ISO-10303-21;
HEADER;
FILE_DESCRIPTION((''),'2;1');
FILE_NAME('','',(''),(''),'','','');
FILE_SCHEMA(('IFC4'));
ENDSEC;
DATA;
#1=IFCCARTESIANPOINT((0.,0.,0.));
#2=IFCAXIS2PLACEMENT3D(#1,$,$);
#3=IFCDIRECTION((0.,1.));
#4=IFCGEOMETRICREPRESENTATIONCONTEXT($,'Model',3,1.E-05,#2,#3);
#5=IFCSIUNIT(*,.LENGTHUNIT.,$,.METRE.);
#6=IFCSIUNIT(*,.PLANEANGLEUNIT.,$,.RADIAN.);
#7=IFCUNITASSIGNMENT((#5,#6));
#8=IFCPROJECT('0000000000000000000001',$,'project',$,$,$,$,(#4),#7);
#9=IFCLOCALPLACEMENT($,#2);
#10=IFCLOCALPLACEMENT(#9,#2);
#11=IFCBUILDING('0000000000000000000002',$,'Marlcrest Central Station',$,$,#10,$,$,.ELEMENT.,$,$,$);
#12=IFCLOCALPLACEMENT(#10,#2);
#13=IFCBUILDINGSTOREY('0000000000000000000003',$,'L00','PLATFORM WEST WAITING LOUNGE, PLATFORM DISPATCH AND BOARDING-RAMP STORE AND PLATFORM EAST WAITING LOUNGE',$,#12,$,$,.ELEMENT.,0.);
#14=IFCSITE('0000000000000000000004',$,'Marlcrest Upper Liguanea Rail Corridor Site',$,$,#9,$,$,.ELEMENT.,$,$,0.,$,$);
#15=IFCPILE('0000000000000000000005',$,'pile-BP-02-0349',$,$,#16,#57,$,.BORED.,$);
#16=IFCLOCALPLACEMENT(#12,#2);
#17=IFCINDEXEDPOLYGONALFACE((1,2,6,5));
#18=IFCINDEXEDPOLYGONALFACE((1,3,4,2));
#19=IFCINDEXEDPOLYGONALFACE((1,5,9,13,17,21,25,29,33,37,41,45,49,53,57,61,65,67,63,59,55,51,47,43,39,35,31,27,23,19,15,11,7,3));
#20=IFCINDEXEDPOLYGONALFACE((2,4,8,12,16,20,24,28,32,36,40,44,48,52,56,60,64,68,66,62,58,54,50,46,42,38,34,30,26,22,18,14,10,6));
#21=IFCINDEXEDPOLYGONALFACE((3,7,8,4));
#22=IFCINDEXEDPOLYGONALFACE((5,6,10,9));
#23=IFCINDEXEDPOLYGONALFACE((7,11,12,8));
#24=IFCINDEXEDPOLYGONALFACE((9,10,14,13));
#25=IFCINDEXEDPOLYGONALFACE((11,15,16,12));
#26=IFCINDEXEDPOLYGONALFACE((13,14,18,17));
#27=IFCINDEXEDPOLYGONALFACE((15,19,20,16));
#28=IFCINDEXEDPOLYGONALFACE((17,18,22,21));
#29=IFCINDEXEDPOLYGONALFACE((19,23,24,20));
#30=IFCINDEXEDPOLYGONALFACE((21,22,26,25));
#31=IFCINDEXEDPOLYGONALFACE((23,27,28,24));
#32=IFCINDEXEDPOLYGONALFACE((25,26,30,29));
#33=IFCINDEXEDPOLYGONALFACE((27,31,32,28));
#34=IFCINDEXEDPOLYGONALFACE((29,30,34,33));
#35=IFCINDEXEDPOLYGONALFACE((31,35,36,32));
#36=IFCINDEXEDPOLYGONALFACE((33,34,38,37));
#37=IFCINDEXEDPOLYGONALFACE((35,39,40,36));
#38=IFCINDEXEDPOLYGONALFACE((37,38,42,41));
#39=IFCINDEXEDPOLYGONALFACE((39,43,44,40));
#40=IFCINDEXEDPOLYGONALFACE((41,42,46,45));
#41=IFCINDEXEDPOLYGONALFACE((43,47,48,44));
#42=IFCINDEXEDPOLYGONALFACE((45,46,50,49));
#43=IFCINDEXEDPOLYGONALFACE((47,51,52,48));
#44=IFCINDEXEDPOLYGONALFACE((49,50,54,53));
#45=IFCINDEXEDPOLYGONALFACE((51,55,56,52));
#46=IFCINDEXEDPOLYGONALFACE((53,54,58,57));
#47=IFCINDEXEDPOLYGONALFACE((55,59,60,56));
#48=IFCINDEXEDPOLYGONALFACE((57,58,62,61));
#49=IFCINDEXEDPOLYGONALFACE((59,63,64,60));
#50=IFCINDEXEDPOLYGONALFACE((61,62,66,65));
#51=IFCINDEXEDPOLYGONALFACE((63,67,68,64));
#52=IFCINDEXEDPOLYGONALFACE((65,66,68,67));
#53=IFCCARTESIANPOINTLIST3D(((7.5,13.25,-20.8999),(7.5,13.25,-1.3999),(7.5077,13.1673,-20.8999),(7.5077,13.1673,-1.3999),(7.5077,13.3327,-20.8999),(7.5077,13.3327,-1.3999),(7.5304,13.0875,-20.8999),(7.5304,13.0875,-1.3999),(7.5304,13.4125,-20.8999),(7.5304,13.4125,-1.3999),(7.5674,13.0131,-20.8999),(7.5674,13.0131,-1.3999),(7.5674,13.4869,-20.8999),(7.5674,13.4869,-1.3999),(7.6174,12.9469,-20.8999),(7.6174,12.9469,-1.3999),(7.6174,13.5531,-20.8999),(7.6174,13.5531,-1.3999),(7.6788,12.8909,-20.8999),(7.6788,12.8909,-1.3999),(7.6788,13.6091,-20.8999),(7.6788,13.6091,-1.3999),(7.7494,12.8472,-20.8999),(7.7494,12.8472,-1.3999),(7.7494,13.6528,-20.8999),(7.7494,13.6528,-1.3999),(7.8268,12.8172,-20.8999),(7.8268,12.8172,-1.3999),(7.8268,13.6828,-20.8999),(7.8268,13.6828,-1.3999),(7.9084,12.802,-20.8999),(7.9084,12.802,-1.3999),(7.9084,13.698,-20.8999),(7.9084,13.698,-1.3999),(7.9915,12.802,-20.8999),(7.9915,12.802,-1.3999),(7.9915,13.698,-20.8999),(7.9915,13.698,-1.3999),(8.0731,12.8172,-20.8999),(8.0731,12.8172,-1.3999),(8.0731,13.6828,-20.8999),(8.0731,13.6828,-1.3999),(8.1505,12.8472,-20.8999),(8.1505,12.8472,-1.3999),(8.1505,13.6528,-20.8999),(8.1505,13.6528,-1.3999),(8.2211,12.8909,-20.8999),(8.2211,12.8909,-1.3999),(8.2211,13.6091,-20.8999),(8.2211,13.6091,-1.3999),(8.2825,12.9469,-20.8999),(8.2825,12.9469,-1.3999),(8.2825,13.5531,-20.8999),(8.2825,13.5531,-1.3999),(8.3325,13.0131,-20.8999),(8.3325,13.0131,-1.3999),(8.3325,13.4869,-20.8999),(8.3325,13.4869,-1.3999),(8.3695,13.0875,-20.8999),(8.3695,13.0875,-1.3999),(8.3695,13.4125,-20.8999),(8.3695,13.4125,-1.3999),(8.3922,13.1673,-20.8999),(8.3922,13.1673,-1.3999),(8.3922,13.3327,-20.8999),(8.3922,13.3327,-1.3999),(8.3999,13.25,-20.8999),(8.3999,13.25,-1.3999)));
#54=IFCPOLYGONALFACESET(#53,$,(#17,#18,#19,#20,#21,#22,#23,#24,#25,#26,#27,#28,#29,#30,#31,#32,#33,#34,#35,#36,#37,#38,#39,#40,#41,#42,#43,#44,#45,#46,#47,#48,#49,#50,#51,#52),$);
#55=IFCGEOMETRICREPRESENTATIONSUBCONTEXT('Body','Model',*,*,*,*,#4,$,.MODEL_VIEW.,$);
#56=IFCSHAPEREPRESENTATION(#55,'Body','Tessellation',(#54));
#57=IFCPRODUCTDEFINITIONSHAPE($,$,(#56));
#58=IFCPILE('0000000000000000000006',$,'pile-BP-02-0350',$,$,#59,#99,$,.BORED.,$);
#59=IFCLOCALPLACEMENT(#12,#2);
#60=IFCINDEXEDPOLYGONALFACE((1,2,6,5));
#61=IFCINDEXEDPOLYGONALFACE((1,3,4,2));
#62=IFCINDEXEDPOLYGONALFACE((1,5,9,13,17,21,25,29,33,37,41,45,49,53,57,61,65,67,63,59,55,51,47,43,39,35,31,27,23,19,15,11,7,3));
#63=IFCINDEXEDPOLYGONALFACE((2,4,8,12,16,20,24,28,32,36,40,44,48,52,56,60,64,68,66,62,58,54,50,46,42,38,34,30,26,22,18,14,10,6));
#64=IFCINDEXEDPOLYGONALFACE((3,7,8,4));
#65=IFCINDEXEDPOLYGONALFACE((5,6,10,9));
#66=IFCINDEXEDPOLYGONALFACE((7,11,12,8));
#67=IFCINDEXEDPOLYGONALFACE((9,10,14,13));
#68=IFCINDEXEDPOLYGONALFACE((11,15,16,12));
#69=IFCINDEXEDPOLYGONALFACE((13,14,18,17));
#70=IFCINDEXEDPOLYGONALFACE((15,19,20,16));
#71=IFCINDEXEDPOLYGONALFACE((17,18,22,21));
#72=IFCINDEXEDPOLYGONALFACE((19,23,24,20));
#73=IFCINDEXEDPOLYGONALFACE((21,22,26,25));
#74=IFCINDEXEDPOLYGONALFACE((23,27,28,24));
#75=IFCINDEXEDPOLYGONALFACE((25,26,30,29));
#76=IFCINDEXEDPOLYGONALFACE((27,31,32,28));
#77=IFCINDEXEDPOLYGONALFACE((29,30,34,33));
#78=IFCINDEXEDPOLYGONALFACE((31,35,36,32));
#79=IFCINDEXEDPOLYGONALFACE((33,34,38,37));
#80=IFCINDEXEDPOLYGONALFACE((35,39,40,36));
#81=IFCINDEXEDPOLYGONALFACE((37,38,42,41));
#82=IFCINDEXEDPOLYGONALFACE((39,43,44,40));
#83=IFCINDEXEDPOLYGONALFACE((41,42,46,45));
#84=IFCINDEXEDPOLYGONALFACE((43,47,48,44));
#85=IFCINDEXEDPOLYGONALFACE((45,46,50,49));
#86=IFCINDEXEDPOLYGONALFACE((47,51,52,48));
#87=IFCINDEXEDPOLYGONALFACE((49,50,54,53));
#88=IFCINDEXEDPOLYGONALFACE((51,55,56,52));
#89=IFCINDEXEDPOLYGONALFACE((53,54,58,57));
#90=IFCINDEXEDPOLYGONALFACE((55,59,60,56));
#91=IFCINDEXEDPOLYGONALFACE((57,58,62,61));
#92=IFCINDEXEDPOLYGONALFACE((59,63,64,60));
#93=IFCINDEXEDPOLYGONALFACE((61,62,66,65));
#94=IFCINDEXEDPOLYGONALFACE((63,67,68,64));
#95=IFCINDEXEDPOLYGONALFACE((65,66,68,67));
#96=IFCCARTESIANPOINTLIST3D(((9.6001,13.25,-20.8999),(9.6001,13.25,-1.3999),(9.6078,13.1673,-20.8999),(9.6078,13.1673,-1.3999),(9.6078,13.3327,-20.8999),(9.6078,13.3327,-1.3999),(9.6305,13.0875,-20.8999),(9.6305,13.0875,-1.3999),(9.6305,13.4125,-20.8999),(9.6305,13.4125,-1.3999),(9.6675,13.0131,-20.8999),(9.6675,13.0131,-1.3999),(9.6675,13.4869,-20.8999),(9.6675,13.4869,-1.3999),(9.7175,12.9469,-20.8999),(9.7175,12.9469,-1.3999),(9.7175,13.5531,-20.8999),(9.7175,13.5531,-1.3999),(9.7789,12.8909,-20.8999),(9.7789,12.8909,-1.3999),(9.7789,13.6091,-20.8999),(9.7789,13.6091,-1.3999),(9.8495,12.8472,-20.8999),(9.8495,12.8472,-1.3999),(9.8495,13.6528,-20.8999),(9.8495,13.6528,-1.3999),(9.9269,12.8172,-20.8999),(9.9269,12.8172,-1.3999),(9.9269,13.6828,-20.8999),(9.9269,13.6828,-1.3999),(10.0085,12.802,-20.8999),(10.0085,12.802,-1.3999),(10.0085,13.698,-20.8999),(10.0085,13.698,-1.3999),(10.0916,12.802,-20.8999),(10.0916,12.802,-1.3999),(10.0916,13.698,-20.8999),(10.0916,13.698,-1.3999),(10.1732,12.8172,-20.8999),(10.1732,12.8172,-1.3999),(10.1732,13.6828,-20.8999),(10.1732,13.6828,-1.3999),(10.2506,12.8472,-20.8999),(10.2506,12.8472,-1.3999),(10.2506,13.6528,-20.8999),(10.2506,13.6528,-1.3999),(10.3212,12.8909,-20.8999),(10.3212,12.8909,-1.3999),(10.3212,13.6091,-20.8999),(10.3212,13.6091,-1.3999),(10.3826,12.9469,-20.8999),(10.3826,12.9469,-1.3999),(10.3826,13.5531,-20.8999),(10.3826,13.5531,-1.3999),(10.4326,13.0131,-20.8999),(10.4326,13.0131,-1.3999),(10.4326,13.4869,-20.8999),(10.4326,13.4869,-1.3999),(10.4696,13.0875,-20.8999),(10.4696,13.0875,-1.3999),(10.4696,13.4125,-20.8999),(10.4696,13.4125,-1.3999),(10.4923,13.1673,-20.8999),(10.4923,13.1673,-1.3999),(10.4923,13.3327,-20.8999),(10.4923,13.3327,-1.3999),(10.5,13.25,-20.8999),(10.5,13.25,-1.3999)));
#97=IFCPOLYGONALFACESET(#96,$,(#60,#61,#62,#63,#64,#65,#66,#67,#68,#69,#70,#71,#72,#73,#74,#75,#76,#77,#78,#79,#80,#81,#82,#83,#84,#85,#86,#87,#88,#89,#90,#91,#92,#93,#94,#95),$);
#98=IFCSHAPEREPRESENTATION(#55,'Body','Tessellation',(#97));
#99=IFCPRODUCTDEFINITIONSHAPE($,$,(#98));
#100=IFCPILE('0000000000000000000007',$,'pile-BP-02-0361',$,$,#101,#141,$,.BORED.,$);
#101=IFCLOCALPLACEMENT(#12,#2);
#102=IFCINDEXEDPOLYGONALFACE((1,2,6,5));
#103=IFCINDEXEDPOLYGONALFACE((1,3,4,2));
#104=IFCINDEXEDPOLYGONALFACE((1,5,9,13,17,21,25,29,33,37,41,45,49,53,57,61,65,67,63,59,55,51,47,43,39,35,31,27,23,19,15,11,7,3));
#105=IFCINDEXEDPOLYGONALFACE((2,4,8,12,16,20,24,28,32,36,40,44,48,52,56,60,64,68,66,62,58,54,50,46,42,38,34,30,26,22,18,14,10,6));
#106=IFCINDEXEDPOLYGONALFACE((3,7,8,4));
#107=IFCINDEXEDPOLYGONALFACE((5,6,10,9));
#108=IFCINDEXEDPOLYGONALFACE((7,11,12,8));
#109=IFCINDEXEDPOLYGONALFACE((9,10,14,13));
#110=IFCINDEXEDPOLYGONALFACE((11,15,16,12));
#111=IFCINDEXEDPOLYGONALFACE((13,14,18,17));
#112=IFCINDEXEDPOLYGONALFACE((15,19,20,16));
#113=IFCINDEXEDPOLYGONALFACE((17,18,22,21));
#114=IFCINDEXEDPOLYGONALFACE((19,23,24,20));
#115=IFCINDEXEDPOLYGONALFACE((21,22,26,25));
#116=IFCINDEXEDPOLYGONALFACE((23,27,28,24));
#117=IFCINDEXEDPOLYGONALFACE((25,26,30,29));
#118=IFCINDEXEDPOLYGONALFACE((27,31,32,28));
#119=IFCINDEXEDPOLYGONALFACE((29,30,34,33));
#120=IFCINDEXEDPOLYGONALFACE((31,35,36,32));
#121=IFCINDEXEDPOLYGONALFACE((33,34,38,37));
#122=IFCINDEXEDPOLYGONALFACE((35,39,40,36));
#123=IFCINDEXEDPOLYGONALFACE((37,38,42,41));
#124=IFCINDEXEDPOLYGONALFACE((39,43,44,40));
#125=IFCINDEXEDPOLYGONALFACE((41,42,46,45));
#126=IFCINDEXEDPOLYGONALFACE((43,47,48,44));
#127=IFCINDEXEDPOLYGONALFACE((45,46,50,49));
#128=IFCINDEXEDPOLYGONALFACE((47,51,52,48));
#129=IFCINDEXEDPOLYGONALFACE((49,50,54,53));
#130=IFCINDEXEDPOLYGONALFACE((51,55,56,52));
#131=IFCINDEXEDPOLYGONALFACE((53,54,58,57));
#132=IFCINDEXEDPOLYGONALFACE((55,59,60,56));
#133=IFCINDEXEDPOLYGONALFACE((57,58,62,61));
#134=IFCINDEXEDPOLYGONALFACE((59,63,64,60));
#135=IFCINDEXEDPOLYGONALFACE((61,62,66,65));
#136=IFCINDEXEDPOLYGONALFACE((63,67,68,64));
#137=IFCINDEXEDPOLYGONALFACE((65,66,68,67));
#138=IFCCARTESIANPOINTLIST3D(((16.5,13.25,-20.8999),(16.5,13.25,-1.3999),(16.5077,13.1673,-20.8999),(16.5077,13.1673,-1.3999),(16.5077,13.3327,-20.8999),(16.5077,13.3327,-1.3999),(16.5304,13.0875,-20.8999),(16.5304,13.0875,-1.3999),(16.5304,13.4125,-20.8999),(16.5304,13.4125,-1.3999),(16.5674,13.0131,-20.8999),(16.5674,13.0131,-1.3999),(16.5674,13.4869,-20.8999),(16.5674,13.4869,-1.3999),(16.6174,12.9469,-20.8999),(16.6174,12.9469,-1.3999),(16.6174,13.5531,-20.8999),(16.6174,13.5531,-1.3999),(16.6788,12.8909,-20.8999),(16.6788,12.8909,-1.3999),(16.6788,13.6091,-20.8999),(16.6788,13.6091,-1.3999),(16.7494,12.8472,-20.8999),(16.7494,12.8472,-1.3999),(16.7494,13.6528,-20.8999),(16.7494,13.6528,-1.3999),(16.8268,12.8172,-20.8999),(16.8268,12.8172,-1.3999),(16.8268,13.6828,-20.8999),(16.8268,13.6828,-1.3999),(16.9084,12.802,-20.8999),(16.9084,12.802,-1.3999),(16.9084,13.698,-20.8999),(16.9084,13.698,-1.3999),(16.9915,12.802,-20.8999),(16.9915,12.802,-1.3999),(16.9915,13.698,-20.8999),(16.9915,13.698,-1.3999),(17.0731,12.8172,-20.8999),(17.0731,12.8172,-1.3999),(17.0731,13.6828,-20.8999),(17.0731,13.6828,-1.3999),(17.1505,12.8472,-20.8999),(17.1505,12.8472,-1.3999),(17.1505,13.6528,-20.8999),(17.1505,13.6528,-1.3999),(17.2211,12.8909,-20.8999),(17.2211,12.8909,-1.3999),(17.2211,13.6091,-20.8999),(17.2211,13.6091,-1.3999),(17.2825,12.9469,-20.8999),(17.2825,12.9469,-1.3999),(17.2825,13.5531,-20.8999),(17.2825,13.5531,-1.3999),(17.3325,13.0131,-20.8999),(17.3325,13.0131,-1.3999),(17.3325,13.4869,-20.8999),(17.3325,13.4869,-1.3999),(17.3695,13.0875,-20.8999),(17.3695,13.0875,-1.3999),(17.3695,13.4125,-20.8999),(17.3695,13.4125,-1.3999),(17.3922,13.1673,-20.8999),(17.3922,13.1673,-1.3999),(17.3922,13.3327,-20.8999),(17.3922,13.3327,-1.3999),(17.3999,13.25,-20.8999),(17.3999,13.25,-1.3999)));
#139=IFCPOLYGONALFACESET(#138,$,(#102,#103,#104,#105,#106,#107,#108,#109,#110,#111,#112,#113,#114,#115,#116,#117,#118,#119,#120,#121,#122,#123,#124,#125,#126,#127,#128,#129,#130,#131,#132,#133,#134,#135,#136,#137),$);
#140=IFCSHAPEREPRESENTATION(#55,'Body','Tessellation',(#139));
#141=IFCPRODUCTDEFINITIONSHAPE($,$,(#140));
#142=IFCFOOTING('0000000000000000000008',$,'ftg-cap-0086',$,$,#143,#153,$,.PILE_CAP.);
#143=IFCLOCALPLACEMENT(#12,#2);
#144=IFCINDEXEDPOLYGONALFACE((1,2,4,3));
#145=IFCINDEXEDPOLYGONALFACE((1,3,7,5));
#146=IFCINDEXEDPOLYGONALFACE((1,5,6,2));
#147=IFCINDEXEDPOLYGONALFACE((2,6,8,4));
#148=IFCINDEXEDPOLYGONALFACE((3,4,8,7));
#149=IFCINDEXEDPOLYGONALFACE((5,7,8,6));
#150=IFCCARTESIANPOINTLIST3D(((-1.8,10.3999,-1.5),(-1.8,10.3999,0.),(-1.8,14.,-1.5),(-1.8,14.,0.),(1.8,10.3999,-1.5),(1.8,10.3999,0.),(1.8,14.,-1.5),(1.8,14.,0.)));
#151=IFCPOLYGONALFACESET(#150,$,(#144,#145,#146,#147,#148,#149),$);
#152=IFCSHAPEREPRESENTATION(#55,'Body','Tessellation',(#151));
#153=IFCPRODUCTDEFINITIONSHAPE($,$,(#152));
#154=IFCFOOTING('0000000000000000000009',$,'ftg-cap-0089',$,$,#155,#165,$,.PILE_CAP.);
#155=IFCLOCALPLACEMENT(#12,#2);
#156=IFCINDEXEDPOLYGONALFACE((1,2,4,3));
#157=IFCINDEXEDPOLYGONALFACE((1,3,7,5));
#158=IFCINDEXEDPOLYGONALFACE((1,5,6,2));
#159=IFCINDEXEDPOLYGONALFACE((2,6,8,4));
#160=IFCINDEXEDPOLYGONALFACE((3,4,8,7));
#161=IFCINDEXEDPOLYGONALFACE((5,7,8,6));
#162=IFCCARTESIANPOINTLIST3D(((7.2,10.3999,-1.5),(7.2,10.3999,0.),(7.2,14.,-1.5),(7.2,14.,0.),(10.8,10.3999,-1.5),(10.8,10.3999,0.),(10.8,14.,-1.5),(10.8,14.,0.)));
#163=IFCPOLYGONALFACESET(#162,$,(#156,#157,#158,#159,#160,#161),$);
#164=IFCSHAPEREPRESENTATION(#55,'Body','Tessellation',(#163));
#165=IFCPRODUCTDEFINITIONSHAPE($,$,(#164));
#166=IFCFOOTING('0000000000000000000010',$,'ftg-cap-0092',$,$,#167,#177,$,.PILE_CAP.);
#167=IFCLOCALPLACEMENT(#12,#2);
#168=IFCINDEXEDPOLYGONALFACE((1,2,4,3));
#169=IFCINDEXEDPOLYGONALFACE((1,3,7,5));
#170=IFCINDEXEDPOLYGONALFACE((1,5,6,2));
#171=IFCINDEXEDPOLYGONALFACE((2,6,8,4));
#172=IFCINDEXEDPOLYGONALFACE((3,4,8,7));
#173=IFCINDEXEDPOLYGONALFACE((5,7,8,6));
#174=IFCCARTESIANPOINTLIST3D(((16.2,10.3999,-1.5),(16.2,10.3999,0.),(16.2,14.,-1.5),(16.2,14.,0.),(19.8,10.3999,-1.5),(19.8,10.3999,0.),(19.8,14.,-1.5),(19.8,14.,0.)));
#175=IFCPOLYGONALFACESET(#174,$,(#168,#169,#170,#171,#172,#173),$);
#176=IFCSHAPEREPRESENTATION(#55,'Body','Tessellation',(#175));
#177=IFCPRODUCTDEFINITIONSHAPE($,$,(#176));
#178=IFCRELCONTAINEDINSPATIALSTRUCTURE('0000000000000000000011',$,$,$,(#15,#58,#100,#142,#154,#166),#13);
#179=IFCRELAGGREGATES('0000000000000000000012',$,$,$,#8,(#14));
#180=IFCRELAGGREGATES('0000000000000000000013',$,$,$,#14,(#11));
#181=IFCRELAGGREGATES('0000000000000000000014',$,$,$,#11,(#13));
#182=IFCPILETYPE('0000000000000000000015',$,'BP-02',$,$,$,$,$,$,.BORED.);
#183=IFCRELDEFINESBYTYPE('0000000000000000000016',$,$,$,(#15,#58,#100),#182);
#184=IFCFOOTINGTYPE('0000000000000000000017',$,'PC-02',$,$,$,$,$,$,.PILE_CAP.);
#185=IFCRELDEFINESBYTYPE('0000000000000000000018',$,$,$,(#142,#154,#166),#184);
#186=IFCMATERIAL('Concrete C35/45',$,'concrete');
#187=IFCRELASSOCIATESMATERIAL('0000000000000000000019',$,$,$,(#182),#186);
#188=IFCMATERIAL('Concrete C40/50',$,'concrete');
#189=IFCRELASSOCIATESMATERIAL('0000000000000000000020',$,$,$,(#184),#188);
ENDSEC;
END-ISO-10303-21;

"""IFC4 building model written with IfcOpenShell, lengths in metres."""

from ifc_helpers import new_model, si_unit, direction, frame, origin, origin_2d, place, context, subcontext, project, spatial, rectangle, circle, extrude, material, material_profile, profile_set, type_object, element, save


model = new_model("IFC4")

# Units and contexts
model_context = context("Model", 3, precision=1e-05, world=origin(), true_north=direction((0.0, 1.0)))
body_context = subcontext(model_context, "Body", "Model", "MODEL_VIEW")
ifc_project = project(units=[si_unit("LENGTHUNIT", "METRE"), si_unit("PLANEANGLEUNIT", "RADIAN")], contexts=[model_context])

# Site, building, storey
site_placement = place(None, origin())
site = spatial("IfcSite", under=ifc_project, at=site_placement, Name="Marlcrest Upper Liguanea Rail Corridor Site", CompositionType="ELEMENT", RefElevation=0.0)
building_placement = place(site_placement, origin())
building = spatial("IfcBuilding", under=site, at=building_placement, Name="Marlcrest Central Station", CompositionType="ELEMENT")
storey_placement = place(building_placement, origin())
storey = spatial("IfcBuildingStorey", under=building, at=storey_placement, Name="L00", Description="PLATFORM WEST WAITING LOUNGE, PLATFORM DISPATCH AND BOARDING-RAMP STORE AND PLATFORM EAST WAITING LOUNGE", CompositionType="ELEMENT", Elevation=0.0)

# Piles
ifc_material_1 = material(Name="Concrete C35/45", Category="concrete")
ifc_material_profile_1 = material_profile(ifc_material_1, circle(Radius=0.45, at=origin_2d()), Name="PILE D900")
ifc_profile_set_1 = profile_set([ifc_material_profile_1], Name="Concrete C35/45")
pile_type = type_object("IfcPileType", Name="BP-02", PredefinedType="BORED", material=ifc_profile_set_1)
for number, where, z_axis, x_axis, name in (
    (1, (7.95, 13.25, -1.3999), (0.0, 0.0, -1.0), (1.0, 0.0, 0.0), "pile-BP-02-0349"),
    (2, (10.05, 13.25, -1.3999), (0.0, 0.0, -1.0), (1.0, 0.0, 0.0), "pile-BP-02-0350"),
    (3, (16.95, 13.25, -1.3999), (0.0, 0.0, -1.0), (1.0, 0.0, 0.0), "pile-BP-02-0361"),
):
    element("IfcPile", number, at=place(storey_placement, frame(where, z_axis=z_axis, x_axis=x_axis)), inside=storey, type_object=pile_type, Name=name, PredefinedType="BORED", context=body_context, shape_type="SweptSolid", body=[
        extrude(circle(Radius=0.45, at=origin_2d()), origin(), (0.0, 0.0, 1.0), 19.5),
    ])

# Footings
ifc_material_2 = material(Name="Concrete C40/50", Category="concrete")
footing_type = type_object("IfcFootingType", Name="PC-02", PredefinedType="PILE_CAP", material=ifc_material_2)
for number, where, z_axis, x_axis, name in (
    (4, (0.0, 12.2, -1.5), (0.0, 0.0, 1.0), (1.0, 0.0, 0.0), "ftg-cap-0086"),
    (5, (9.0, 12.2, -1.5), (0.0, 0.0, 1.0), (1.0, 0.0, 0.0), "ftg-cap-0089"),
    (6, (18.0, 12.2, -1.5), (0.0, 0.0, 1.0), (1.0, 0.0, 0.0), "ftg-cap-0092"),
):
    element("IfcFooting", number, at=place(storey_placement, frame(where, z_axis=z_axis, x_axis=x_axis)), inside=storey, type_object=footing_type, Name=name, PredefinedType="PILE_CAP", context=body_context, shape_type="SweptSolid", body=[
        extrude(rectangle(XDim=3.6001, YDim=3.6001, at=origin_2d()), origin(), (0.0, 0.0, 1.0), 1.5),
    ])

save(model, "model.ifc")
